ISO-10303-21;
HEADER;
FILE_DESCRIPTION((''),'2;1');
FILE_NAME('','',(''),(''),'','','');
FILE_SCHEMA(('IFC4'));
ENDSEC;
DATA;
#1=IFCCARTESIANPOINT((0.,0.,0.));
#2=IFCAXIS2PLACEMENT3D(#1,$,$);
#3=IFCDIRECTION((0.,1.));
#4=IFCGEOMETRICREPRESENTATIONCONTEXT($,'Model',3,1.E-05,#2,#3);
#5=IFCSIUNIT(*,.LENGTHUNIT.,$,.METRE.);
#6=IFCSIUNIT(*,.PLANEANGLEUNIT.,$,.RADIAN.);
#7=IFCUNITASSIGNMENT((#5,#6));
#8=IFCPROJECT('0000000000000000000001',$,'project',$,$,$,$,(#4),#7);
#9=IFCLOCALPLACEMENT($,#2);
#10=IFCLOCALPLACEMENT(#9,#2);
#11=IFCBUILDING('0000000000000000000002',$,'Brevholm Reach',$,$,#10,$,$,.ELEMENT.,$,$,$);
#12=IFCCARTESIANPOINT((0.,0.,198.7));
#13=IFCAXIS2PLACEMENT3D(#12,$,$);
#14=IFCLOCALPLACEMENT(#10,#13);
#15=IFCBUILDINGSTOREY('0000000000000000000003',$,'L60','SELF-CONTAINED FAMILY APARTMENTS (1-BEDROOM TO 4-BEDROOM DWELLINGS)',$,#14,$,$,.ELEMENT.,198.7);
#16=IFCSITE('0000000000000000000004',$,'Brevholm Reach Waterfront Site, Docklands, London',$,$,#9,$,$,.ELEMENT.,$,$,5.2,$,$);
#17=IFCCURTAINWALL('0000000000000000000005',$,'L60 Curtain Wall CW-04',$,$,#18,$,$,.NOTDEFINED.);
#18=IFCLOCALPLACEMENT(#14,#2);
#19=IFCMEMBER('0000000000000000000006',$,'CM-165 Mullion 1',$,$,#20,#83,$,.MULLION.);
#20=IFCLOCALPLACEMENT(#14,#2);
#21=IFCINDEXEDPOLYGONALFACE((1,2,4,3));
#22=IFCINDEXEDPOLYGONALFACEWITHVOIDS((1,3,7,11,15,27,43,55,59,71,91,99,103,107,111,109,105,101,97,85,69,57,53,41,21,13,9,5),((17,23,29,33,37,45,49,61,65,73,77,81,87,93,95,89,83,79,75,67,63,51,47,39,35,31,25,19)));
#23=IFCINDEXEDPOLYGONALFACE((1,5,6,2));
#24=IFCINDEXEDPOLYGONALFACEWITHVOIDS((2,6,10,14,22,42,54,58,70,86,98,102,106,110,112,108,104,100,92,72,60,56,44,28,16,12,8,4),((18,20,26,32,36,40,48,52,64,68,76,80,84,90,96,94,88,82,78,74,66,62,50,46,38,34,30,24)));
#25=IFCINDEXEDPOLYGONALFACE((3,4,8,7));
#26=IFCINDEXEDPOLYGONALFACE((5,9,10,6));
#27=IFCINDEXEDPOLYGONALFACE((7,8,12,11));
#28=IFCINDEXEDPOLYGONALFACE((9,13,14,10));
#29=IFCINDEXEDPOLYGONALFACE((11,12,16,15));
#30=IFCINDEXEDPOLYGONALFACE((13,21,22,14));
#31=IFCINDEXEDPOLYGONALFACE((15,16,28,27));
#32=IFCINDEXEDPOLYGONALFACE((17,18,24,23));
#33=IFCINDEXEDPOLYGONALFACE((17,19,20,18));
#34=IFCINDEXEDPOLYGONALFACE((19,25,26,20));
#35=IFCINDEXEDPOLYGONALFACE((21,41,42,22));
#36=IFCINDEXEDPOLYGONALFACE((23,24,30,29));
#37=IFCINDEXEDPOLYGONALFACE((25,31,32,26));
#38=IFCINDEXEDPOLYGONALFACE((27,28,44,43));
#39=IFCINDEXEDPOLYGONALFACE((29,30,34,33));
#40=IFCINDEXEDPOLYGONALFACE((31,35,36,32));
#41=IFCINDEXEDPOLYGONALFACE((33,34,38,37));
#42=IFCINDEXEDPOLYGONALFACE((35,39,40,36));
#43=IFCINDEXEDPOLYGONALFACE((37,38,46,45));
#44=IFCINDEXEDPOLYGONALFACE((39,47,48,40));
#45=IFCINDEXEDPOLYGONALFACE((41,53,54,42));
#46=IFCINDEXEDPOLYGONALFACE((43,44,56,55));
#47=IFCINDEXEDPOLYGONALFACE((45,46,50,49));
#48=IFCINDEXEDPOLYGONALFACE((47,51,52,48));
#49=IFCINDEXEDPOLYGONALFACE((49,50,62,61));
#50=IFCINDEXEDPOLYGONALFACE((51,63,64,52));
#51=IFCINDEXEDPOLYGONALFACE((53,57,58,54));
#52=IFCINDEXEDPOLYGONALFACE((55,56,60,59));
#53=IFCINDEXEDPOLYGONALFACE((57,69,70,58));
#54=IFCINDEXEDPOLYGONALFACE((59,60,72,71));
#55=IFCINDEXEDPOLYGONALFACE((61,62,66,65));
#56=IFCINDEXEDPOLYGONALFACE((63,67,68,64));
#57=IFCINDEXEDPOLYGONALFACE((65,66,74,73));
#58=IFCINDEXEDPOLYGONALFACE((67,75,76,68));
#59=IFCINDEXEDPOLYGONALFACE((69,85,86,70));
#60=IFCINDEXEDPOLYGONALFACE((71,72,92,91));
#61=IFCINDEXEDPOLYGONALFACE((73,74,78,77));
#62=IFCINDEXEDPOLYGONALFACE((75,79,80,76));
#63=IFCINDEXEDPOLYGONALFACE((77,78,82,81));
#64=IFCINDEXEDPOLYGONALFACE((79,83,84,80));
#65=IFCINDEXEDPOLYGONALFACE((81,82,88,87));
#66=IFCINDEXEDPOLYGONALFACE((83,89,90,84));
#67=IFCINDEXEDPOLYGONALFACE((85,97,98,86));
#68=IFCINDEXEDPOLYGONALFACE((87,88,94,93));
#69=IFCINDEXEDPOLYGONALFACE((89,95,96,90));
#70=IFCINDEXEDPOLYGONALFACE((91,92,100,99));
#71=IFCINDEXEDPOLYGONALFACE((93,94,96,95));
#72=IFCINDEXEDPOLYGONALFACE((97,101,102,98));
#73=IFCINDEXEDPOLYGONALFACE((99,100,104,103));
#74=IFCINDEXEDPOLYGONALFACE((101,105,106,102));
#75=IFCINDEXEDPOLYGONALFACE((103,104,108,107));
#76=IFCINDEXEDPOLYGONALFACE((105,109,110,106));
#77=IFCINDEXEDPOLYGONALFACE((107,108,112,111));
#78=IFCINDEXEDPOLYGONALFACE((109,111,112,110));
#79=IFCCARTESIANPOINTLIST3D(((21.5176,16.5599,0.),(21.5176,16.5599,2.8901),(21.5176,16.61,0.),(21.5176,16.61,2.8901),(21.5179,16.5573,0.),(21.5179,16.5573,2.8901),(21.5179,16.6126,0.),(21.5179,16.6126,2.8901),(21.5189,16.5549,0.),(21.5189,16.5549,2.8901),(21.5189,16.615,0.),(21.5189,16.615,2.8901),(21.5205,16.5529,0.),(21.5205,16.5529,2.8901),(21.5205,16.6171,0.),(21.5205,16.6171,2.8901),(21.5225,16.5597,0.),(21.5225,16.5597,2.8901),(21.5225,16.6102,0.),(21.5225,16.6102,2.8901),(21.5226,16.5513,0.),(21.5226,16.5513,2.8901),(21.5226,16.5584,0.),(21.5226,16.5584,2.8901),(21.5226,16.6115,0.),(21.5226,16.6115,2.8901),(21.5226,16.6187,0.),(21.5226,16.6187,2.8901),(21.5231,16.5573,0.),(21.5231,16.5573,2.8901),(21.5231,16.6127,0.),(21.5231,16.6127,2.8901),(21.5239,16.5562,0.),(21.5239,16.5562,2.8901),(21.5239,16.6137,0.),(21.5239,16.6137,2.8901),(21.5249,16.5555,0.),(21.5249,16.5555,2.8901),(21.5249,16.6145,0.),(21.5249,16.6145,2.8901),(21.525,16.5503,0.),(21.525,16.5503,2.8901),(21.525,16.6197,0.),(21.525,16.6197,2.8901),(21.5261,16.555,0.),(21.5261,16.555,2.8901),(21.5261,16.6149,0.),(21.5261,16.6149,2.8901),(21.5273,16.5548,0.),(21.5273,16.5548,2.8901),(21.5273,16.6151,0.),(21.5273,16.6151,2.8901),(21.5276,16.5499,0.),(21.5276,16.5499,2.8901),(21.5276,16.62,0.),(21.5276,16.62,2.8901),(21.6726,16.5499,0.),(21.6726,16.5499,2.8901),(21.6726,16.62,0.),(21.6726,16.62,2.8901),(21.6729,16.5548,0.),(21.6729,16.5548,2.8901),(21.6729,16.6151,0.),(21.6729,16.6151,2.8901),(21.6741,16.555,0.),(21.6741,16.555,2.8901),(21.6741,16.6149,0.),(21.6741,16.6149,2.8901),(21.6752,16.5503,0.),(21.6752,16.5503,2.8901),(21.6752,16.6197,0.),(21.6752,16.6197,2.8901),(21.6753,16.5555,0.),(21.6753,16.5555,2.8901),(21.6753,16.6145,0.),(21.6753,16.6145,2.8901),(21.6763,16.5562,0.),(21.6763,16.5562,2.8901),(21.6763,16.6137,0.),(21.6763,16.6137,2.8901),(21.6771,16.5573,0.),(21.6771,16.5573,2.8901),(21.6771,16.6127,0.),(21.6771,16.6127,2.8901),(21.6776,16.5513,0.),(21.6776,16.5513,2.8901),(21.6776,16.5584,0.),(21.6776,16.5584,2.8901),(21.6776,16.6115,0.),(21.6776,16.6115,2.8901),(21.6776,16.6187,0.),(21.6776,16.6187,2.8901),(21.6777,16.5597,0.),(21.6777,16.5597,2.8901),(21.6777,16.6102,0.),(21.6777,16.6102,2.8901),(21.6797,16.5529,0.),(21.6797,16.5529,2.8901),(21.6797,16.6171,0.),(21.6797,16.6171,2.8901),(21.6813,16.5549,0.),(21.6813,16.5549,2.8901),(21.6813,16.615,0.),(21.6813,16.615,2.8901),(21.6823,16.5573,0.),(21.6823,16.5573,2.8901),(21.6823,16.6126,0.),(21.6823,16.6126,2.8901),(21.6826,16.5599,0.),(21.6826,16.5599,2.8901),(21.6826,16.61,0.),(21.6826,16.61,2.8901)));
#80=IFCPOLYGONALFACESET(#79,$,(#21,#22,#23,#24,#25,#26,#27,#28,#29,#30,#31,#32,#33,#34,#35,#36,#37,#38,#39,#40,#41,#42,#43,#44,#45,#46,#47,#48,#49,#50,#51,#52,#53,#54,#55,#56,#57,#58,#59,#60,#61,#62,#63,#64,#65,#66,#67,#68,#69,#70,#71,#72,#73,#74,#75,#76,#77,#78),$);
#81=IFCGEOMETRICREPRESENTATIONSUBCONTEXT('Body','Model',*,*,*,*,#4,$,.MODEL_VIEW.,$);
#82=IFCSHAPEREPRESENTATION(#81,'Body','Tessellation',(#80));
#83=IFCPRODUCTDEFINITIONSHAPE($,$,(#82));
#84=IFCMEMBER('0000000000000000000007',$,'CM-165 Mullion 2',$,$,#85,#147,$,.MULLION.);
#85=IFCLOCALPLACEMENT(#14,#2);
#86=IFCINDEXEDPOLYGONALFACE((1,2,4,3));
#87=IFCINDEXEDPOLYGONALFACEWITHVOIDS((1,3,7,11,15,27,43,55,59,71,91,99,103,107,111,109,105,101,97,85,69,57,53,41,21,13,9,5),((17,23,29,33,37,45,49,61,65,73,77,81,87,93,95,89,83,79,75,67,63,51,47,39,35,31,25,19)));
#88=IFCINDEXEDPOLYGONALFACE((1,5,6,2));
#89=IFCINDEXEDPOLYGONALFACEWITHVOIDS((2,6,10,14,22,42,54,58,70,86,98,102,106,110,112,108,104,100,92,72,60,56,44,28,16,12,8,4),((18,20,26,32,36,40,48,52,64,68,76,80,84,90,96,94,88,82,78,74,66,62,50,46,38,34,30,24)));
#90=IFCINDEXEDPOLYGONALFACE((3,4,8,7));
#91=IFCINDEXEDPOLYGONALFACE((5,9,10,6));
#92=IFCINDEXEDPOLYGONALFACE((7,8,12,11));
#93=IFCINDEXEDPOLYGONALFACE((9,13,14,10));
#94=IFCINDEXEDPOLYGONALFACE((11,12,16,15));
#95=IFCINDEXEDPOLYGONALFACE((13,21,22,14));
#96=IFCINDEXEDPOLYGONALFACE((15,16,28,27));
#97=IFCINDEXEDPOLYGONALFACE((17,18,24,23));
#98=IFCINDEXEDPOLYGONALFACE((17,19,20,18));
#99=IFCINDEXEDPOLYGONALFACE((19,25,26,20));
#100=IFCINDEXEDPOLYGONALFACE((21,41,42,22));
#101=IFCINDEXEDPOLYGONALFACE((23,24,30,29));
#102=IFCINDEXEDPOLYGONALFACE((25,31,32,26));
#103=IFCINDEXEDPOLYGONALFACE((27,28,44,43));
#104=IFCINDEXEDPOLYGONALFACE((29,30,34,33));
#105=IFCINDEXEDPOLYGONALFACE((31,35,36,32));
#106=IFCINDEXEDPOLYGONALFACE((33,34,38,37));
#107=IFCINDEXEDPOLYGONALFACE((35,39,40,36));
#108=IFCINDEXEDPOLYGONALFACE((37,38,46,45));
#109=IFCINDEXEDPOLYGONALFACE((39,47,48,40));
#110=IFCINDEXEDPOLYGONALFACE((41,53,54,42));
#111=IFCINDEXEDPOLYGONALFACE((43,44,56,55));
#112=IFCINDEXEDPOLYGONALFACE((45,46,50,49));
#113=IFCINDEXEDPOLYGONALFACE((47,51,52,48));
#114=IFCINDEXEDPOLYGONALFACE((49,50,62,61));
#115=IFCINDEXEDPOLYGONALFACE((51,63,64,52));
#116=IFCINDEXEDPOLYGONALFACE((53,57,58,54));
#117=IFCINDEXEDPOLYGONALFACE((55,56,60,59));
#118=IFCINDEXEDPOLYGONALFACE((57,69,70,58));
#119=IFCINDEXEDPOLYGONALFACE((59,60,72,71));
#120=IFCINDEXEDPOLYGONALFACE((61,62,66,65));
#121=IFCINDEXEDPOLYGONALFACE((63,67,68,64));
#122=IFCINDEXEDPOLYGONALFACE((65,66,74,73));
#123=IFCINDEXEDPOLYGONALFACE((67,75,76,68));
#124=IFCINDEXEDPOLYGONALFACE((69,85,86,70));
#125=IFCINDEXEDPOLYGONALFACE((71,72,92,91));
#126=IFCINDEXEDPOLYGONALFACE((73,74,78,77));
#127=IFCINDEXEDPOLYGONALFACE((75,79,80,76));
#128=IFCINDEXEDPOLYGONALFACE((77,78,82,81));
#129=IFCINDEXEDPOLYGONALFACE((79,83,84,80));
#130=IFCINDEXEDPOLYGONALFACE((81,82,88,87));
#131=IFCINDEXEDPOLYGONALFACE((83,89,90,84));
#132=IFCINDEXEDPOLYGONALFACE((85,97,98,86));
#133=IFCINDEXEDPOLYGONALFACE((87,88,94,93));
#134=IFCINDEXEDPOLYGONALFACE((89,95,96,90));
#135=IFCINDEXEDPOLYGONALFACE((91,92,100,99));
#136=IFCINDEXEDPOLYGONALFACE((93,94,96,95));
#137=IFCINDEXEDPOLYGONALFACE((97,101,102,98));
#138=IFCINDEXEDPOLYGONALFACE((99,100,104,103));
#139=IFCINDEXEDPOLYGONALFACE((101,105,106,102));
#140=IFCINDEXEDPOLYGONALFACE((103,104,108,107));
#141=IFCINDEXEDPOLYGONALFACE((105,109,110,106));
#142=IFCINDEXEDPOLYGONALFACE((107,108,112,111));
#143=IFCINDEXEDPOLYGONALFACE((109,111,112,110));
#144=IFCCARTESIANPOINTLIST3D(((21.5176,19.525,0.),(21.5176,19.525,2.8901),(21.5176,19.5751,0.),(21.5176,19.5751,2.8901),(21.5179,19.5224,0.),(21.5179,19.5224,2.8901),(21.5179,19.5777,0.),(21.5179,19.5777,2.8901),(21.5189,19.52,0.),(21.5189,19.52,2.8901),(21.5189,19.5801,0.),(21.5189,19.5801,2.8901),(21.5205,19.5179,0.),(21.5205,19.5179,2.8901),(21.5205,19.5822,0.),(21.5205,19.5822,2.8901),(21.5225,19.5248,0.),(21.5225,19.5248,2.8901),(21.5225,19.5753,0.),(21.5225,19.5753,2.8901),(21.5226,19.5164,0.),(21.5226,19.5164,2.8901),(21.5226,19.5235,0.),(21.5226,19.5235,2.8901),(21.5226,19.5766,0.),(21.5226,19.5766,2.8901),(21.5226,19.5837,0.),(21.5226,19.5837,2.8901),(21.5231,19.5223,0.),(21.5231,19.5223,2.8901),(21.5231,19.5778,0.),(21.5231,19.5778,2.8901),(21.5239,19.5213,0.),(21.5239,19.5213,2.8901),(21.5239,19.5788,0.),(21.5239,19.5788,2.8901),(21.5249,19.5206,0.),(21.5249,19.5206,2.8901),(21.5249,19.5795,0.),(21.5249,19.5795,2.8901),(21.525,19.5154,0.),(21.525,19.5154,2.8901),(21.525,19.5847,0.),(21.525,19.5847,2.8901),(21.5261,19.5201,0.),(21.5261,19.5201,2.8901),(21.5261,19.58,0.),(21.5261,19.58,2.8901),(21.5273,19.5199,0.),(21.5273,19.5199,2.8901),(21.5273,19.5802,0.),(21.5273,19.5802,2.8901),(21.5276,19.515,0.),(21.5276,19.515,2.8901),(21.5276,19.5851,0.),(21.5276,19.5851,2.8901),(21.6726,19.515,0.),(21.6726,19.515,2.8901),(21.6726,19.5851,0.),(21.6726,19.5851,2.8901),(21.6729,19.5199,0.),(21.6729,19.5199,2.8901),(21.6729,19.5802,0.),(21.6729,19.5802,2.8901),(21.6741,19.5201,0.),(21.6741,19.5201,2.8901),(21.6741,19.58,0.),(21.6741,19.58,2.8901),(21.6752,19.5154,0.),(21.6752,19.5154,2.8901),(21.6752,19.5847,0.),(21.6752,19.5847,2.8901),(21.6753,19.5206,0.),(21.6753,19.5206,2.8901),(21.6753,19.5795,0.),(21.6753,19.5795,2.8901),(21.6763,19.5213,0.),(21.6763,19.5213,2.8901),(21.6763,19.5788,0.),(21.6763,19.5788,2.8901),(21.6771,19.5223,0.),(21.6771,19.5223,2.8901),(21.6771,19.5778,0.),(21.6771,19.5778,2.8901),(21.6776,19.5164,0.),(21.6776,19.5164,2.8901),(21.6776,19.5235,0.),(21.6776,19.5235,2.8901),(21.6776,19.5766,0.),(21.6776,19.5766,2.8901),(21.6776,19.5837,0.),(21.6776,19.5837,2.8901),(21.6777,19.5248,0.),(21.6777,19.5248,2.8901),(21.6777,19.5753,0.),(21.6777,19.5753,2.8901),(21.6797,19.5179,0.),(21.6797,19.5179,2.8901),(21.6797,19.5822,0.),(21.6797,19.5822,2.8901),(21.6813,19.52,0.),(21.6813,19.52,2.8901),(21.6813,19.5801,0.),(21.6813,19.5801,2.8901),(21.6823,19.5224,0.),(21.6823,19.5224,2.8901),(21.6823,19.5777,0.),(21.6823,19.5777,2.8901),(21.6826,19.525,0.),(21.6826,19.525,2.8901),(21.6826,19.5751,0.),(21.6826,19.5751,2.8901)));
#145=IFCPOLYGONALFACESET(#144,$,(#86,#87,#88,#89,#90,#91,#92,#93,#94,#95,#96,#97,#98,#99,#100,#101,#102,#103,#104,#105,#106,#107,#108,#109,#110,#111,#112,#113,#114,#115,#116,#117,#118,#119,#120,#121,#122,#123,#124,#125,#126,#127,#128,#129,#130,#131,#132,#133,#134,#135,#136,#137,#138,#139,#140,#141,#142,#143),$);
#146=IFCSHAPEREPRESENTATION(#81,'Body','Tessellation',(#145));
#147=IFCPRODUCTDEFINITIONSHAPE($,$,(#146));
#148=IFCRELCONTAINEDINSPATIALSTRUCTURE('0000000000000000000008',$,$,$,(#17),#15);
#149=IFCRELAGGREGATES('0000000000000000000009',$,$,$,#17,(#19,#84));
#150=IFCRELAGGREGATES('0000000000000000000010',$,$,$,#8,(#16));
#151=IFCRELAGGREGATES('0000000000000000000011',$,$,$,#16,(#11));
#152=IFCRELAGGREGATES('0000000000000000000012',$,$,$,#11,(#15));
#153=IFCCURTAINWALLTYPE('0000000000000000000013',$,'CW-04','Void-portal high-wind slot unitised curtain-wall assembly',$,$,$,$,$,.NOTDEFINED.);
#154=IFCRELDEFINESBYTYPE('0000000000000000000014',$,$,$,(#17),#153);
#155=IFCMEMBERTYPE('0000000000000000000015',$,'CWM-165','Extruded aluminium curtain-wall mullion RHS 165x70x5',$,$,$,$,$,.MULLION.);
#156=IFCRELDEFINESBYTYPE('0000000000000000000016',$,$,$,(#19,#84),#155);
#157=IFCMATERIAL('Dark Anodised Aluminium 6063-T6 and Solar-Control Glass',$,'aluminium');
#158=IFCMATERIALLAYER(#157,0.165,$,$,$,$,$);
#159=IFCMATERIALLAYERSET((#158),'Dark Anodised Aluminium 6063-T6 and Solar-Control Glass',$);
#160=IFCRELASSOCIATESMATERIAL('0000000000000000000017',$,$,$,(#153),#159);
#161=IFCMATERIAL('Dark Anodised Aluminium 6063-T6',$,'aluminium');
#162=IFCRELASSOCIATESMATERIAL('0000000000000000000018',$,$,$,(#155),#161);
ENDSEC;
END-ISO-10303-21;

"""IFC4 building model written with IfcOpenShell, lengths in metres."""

from ifc_helpers import new_model, si_unit, direction, frame, origin, origin_2d, place, context, subcontext, project, spatial, hollow_rectangle, extrude, material, layer, layer_set, material_profile, profile_set, type_object, element, aggregate, save


model = new_model("IFC4")

# Units and contexts
model_context = context("Model", 3, precision=1e-05, world=origin(), true_north=direction((0.0, 1.0)))
body_context = subcontext(model_context, "Body", "Model", "MODEL_VIEW")
ifc_project = project(units=[si_unit("LENGTHUNIT", "METRE"), si_unit("PLANEANGLEUNIT", "RADIAN")], contexts=[model_context])

# Site, building, storey
site_placement = place(None, origin())
site = spatial("IfcSite", under=ifc_project, at=site_placement, Name="Brevholm Reach Waterfront Site, Docklands, London", CompositionType="ELEMENT", RefElevation=5.2)
building_placement = place(site_placement, origin())
building = spatial("IfcBuilding", under=site, at=building_placement, Name="Brevholm Reach", CompositionType="ELEMENT")
storey_placement = place(building_placement, frame((0.0, 0.0, 198.7)))
storey = spatial("IfcBuildingStorey", under=building, at=storey_placement, Name="L60", Description="SELF-CONTAINED FAMILY APARTMENTS (1-BEDROOM TO 4-BEDROOM DWELLINGS)", CompositionType="ELEMENT", Elevation=198.7)

# Curtain wall, members
ifc_material_1 = material(Name="Dark Anodised Aluminium 6063-T6 and Solar-Control Glass", Category="aluminium")
ifc_layer_1 = layer(ifc_material_1, 0.165)
ifc_layer_set_1 = layer_set([ifc_layer_1], Name="Dark Anodised Aluminium 6063-T6 and Solar-Control Glass")
curtain_wall_type = type_object("IfcCurtainWallType", Name="CW-04", Description="Void-portal high-wind slot unitised curtain-wall assembly", PredefinedType="NOTDEFINED", material=ifc_layer_set_1)
curtain_wall_placement = place(storey_placement, origin())
curtain_wall = element("IfcCurtainWall", 1, at=curtain_wall_placement, inside=storey, type_object=curtain_wall_type, Name="L60 Curtain Wall CW-04", PredefinedType="NOTDEFINED")
ifc_material_2 = material(Name="Dark Anodised Aluminium 6063-T6", Category="aluminium")
ifc_material_profile_1 = material_profile(ifc_material_2, hollow_rectangle(XDim=0.0701, YDim=0.165, WallThickness=0.0049, InnerFilletRadius=0.0049, OuterFilletRadius=0.01, at=origin_2d()), Name="RHS 165x70x5")
ifc_profile_set_1 = profile_set([ifc_material_profile_1], Name="Dark Anodised Aluminium 6063-T6")
member_type_1 = type_object("IfcMemberType", Name="CWM-165", Description="Extruded aluminium curtain-wall mullion RHS 165x70x5", PredefinedType="MULLION", material=ifc_profile_set_1)
member_1_placement = place(storey_placement, frame((21.6001, 16.585, 0.0), z_axis=(0.0, 0.0, 1.0), x_axis=(0.0, 1.0, 0.0)))
member_1 = element("IfcMember", 2, at=member_1_placement, type_object=member_type_1, Name="CM-165 Mullion 1", PredefinedType="MULLION", context=body_context, shape_type="SweptSolid", body=[
    extrude(hollow_rectangle(XDim=0.0701, YDim=0.165, WallThickness=0.0049, InnerFilletRadius=0.0049, OuterFilletRadius=0.01, at=origin_2d()), origin(), (0.0, 0.0, 1.0), 2.8901),
])
member_2_placement = place(storey_placement, frame((21.6001, 19.55, 0.0), z_axis=(0.0, 0.0, 1.0), x_axis=(0.0, 1.0, 0.0)))
member_2 = element("IfcMember", 3, at=member_2_placement, type_object=member_type_1, Name="CM-165 Mullion 2", PredefinedType="MULLION", context=body_context, shape_type="SweptSolid", body=[
    extrude(hollow_rectangle(XDim=0.0701, YDim=0.165, WallThickness=0.0049, InnerFilletRadius=0.0049, OuterFilletRadius=0.01, at=origin_2d()), origin(), (0.0, 0.0, 1.0), 2.8901),
])
aggregate(curtain_wall, [member_1, member_2])

save(model, "model.ifc")
